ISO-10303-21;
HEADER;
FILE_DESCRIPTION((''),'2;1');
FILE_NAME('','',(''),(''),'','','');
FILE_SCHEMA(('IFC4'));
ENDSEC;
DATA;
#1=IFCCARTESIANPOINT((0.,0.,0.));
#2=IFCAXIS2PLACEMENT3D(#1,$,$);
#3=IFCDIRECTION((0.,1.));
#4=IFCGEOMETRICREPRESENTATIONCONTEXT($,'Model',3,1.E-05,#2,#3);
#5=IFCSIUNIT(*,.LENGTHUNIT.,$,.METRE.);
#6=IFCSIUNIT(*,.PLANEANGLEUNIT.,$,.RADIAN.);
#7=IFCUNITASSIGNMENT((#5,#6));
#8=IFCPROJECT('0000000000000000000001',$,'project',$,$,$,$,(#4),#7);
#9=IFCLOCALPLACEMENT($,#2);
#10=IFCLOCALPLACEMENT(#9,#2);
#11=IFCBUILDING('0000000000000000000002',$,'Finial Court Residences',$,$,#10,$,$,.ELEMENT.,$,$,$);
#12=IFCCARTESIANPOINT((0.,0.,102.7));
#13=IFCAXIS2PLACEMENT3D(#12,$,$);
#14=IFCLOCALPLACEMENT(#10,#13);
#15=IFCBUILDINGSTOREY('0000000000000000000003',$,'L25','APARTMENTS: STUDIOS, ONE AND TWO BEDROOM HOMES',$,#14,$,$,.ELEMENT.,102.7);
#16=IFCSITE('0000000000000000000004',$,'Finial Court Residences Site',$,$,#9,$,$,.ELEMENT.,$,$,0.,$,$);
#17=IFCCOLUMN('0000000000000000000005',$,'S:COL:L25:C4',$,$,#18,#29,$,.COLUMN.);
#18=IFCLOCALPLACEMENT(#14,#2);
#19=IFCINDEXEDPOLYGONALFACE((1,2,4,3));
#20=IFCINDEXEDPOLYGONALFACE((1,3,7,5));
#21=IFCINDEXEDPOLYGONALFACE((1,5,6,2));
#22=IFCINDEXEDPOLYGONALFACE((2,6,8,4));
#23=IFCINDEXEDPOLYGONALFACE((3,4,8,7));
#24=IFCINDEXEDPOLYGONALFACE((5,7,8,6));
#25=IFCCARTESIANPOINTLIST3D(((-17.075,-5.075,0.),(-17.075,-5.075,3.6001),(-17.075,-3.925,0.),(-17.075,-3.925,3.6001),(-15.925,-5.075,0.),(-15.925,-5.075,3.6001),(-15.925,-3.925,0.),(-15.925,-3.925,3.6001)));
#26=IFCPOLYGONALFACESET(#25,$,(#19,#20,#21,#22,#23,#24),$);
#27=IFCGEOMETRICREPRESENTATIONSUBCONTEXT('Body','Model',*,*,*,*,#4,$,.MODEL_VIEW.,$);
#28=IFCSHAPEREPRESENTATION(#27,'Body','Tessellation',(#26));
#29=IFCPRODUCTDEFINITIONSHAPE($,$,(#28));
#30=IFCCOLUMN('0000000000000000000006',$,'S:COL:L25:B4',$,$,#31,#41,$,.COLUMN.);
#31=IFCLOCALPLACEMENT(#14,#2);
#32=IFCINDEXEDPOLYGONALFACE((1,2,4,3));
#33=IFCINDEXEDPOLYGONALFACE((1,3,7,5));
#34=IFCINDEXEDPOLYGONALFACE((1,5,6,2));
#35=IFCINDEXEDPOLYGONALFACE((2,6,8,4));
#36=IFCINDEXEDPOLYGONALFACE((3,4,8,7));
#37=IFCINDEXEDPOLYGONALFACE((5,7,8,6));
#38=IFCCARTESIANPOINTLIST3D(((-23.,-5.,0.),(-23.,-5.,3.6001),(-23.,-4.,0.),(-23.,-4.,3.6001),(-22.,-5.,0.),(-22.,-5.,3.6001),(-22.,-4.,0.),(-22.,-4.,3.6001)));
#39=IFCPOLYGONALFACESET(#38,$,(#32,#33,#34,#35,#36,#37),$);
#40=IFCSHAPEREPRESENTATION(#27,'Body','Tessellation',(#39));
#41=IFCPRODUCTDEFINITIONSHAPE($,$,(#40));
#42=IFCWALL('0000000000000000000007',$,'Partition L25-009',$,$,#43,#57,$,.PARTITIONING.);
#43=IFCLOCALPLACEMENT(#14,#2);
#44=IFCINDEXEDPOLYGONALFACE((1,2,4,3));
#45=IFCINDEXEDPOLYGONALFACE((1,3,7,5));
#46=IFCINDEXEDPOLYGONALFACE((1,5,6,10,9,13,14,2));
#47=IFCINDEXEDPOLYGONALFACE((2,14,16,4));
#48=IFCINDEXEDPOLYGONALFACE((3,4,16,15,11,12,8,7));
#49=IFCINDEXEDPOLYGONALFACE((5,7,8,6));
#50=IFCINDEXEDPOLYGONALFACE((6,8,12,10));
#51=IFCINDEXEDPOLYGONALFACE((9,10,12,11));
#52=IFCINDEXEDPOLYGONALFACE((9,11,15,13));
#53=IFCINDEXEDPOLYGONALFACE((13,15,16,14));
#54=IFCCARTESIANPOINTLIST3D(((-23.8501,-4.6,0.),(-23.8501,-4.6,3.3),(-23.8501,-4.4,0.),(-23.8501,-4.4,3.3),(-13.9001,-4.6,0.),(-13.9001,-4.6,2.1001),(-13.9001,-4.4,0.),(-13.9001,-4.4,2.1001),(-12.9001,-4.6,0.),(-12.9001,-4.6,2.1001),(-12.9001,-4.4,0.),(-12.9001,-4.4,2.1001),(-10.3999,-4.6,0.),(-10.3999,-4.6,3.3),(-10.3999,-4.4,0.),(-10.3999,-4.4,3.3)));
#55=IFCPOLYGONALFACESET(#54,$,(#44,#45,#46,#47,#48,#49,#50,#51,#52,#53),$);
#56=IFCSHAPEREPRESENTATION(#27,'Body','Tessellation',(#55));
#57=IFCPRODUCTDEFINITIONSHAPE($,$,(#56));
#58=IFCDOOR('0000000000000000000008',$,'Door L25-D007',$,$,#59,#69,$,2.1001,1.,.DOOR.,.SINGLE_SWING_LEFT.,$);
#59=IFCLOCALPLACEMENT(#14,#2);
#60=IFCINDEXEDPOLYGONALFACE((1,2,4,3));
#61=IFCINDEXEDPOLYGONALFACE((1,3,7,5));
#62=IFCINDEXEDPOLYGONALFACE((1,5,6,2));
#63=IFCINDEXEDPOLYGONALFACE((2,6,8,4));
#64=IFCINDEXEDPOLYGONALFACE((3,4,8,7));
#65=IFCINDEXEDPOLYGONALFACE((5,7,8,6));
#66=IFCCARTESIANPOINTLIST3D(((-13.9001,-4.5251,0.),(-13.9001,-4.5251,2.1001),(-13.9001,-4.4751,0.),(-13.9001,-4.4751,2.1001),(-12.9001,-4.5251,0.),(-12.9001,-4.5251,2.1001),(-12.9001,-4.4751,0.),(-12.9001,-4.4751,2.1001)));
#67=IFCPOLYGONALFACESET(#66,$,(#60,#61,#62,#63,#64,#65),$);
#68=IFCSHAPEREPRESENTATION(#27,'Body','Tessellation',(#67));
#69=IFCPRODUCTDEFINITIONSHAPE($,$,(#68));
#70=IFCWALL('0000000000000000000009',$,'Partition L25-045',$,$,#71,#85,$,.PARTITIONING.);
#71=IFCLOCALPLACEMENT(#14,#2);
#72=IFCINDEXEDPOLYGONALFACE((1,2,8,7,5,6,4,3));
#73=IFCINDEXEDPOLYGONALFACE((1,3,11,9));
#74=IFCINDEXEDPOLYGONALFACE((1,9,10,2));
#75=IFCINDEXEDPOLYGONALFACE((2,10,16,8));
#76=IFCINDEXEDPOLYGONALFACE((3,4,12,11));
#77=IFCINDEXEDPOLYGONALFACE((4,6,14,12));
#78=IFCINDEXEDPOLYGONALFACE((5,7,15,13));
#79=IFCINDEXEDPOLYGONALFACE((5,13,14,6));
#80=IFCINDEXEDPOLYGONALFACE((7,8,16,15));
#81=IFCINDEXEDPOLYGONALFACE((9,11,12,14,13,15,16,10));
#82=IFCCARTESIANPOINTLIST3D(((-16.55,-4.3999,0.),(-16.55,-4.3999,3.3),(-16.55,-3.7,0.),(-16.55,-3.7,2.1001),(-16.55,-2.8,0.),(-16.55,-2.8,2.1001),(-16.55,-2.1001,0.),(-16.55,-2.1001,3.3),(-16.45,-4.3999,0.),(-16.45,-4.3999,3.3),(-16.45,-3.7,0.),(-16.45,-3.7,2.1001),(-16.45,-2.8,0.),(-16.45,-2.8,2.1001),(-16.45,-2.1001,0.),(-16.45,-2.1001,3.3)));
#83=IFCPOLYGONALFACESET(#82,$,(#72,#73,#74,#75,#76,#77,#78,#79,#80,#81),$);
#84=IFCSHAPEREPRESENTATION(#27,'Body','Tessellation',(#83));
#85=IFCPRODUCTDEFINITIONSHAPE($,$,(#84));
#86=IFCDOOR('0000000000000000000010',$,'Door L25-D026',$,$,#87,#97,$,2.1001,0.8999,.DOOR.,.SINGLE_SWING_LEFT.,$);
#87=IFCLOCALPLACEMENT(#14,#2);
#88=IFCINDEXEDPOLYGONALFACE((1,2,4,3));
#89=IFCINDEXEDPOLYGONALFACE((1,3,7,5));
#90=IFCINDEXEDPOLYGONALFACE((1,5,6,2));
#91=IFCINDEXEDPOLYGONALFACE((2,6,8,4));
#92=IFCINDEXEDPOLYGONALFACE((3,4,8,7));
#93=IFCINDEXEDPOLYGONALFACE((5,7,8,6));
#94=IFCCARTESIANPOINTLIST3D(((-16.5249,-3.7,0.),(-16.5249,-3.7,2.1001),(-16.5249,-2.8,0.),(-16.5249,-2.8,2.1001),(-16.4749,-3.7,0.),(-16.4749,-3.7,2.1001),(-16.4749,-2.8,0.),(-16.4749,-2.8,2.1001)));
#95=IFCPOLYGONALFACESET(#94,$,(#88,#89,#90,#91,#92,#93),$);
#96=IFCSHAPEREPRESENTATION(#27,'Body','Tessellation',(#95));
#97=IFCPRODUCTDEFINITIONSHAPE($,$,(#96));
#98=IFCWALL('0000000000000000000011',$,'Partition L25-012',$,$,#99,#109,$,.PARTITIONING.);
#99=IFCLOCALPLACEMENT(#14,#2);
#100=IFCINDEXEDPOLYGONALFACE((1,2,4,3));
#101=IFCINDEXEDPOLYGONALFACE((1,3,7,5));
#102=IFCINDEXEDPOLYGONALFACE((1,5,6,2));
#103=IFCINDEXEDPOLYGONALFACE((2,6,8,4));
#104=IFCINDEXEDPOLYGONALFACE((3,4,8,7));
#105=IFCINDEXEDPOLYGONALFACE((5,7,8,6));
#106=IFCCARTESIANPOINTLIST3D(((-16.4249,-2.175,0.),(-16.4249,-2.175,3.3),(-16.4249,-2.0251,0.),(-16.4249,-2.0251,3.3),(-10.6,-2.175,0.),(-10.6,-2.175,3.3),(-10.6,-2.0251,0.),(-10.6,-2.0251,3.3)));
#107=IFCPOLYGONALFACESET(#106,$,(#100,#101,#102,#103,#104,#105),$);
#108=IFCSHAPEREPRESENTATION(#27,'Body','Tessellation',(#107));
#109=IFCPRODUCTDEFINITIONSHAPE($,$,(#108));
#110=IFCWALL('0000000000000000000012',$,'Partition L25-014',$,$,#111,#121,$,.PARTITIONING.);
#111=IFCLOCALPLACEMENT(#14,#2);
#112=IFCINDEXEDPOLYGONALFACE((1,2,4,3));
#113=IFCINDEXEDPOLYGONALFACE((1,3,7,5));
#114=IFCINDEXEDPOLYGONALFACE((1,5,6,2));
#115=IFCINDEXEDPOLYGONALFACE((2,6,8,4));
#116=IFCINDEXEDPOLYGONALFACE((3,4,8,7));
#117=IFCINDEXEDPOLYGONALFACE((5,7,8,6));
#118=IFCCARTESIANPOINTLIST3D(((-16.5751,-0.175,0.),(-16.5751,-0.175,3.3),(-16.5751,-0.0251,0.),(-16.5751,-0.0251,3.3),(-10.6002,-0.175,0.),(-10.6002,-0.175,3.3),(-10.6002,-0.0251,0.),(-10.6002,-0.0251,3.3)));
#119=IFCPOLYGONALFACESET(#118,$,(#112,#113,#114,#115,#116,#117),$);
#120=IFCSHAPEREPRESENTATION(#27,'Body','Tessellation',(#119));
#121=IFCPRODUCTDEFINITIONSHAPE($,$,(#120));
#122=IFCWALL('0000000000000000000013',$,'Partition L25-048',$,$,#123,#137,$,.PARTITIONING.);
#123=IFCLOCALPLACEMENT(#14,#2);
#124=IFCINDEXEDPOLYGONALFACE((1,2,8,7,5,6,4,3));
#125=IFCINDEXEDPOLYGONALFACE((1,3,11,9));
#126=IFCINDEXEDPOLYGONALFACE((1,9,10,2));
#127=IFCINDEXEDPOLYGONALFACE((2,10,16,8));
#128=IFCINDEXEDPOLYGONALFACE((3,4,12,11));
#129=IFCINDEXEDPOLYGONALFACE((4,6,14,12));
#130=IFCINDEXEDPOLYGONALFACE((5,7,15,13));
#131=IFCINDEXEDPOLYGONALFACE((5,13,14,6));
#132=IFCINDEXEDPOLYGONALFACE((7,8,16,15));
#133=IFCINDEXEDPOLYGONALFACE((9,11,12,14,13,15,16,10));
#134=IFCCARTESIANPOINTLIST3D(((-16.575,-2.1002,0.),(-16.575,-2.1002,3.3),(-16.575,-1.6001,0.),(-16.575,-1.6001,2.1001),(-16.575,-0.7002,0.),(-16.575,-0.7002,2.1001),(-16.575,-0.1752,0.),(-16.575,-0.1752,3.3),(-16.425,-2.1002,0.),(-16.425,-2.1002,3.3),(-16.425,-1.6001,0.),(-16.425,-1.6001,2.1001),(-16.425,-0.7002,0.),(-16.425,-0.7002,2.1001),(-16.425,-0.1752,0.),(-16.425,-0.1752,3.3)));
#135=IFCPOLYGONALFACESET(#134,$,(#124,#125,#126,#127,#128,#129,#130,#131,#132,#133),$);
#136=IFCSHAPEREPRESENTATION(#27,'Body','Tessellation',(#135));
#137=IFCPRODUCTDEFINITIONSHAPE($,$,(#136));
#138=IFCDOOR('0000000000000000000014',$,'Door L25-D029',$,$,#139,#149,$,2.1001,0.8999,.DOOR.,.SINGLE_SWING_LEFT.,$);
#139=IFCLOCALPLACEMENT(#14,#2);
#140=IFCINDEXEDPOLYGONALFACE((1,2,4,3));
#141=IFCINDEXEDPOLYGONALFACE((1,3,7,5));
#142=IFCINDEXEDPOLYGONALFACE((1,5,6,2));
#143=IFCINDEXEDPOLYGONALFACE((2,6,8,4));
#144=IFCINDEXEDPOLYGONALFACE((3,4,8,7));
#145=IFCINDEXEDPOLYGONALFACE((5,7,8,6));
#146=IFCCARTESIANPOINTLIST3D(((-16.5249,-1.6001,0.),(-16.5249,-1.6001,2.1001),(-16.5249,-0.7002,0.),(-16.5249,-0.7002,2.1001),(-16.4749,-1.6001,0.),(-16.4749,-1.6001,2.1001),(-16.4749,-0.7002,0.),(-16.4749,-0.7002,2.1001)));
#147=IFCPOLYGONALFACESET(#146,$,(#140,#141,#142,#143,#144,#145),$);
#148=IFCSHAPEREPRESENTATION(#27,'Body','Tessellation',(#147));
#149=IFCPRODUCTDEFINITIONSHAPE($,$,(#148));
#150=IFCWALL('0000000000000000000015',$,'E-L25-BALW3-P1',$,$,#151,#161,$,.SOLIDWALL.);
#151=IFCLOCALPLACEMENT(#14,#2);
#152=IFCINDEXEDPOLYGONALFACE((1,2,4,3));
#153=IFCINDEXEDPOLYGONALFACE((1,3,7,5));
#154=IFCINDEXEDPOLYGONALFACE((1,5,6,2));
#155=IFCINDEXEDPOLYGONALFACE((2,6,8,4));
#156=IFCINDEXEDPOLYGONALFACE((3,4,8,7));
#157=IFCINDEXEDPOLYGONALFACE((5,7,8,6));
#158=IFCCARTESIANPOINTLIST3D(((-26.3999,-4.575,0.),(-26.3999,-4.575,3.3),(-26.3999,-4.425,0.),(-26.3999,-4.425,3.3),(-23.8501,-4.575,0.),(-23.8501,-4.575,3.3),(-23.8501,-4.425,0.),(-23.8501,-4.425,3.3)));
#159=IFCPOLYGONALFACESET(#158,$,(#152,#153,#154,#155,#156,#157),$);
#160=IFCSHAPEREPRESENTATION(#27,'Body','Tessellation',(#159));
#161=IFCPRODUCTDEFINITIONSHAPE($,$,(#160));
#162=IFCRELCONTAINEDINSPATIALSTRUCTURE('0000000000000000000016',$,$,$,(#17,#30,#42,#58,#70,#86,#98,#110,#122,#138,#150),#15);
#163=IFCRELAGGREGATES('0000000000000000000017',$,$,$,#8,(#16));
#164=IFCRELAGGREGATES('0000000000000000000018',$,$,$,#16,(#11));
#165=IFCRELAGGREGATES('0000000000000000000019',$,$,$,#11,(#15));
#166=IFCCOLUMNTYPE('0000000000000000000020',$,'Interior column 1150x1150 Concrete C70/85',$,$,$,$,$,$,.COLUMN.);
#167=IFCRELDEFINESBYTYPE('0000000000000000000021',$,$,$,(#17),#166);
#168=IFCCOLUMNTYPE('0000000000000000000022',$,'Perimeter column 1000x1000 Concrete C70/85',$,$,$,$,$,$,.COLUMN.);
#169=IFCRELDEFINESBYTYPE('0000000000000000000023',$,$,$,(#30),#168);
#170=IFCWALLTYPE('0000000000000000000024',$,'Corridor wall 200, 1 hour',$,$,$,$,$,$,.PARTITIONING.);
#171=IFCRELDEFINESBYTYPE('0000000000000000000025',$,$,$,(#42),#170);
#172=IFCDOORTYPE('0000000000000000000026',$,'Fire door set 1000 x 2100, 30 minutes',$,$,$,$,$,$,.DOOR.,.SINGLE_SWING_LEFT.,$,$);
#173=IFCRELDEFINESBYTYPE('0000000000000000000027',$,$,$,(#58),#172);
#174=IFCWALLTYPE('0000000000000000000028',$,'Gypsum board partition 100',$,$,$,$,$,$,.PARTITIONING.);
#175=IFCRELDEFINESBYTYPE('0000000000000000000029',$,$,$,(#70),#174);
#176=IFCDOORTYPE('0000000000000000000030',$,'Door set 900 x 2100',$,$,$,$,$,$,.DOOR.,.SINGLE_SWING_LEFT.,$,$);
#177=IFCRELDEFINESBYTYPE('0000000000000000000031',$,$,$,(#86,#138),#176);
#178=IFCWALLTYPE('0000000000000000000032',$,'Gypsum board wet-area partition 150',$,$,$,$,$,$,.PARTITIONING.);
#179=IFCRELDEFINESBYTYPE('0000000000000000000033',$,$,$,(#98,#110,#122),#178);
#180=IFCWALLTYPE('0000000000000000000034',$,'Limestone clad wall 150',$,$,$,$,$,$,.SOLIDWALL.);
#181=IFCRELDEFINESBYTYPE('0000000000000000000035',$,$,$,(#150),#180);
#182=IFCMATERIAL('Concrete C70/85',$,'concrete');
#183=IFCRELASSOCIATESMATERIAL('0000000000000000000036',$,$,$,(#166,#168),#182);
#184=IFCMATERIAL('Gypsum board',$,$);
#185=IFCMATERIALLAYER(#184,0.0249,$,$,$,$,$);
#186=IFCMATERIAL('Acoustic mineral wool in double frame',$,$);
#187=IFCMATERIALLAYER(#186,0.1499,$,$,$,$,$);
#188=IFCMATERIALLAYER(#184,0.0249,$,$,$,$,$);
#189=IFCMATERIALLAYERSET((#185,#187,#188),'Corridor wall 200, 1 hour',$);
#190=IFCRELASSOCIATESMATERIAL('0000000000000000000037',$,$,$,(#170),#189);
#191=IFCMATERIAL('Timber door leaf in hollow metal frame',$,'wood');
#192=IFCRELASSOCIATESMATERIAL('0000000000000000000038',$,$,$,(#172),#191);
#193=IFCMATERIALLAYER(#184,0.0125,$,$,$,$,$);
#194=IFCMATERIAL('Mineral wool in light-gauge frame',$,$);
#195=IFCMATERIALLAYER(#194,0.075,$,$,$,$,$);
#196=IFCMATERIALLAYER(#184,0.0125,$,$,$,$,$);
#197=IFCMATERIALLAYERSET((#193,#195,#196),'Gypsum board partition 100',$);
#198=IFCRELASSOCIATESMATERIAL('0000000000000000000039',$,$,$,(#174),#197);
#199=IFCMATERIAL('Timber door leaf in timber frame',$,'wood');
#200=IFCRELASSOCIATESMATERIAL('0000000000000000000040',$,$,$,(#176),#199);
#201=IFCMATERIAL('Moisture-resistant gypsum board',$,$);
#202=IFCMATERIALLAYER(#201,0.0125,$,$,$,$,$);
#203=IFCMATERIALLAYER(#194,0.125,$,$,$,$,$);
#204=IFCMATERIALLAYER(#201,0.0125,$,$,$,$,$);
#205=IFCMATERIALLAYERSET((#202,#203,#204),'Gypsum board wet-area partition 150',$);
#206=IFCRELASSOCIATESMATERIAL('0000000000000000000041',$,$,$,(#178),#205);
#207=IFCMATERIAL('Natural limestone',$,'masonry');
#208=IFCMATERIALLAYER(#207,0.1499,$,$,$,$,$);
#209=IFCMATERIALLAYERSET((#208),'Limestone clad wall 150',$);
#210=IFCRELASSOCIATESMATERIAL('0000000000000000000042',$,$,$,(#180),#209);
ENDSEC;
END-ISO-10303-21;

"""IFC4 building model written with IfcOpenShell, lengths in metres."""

from ifc_helpers import new_model, si_unit, direction, frame, frame_2d, origin, origin_2d, place, context, subcontext, project, spatial, rectangle, extrude, material, layer, layer_set, material_profile, profile_set, type_object, element, fill, save


model = new_model("IFC4")

# Units and contexts
model_context = context("Model", 3, precision=1e-05, world=origin(), true_north=direction((0.0, 1.0)))
body_context = subcontext(model_context, "Body", "Model", "MODEL_VIEW")
ifc_project = project(units=[si_unit("LENGTHUNIT", "METRE"), si_unit("PLANEANGLEUNIT", "RADIAN")], contexts=[model_context])

# Site, building, storey
site_placement = place(None, origin())
site = spatial("IfcSite", under=ifc_project, at=site_placement, Name="Finial Court Residences Site", CompositionType="ELEMENT", RefElevation=0.0)
building_placement = place(site_placement, origin())
building = spatial("IfcBuilding", under=site, at=building_placement, Name="Finial Court Residences", CompositionType="ELEMENT")
storey_placement = place(building_placement, frame((0.0, 0.0, 102.7)))
storey = spatial("IfcBuildingStorey", under=building, at=storey_placement, Name="L25", Description="APARTMENTS: STUDIOS, ONE AND TWO BEDROOM HOMES", CompositionType="ELEMENT", Elevation=102.7)

# Columns
ifc_material_1 = material(Name="Concrete C70/85", Category="concrete")
ifc_material_profile_1 = material_profile(ifc_material_1, rectangle(XDim=1.1499, YDim=1.1499, at=origin_2d()), Name="1150x1150")
ifc_profile_set_1 = profile_set([ifc_material_profile_1], Name="Concrete C70/85")
column_type_1 = type_object("IfcColumnType", Name="Interior column 1150x1150 Concrete C70/85", PredefinedType="COLUMN", material=ifc_profile_set_1)
column_1_placement = place(storey_placement, frame((-16.5, -4.5, 0.0), z_axis=(0.0, 0.0, 1.0), x_axis=(1.0, 0.0, 0.0)))
element("IfcColumn", 1, at=column_1_placement, inside=storey, type_object=column_type_1, Name="S:COL:L25:C4", PredefinedType="COLUMN", context=body_context, shape_type="SweptSolid", body=[
    extrude(rectangle(XDim=1.1499, YDim=1.1499, at=origin_2d()), origin(), (0.0, 0.0, 1.0), 3.6001),
])
ifc_material_profile_2 = material_profile(ifc_material_1, rectangle(XDim=1.0, YDim=1.0, at=origin_2d()), Name="1000x1000")
ifc_profile_set_2 = profile_set([ifc_material_profile_2], Name="Concrete C70/85")
column_type_2 = type_object("IfcColumnType", Name="Perimeter column 1000x1000 Concrete C70/85", PredefinedType="COLUMN", material=ifc_profile_set_2)
column_2_placement = place(storey_placement, frame((-22.5, -4.5, 0.0), z_axis=(0.0, 0.0, 1.0), x_axis=(1.0, 0.0, 0.0)))
element("IfcColumn", 2, at=column_2_placement, inside=storey, type_object=column_type_2, Name="S:COL:L25:B4", PredefinedType="COLUMN", context=body_context, shape_type="SweptSolid", body=[
    extrude(rectangle(XDim=1.0, YDim=1.0, at=origin_2d()), origin(), (0.0, 0.0, 1.0), 3.6001),
])

# Walls, openings, doors
ifc_material_2 = material(Name="Gypsum board")
ifc_layer_1 = layer(ifc_material_2, 0.0249)
ifc_material_3 = material(Name="Acoustic mineral wool in double frame")
ifc_layer_2 = layer(ifc_material_3, 0.1499)
ifc_layer_3 = layer(ifc_material_2, 0.0249)
ifc_layer_set_1 = layer_set([ifc_layer_1, ifc_layer_2, ifc_layer_3], Name="Corridor wall 200, 1 hour")
wall_type_1 = type_object("IfcWallType", Name="Corridor wall 200, 1 hour", PredefinedType="PARTITIONING", material=ifc_layer_set_1)
wall_1_placement = place(storey_placement, frame((-23.8501, -4.5, 0.0), z_axis=(0.0, 0.0, 1.0), x_axis=(1.0, 0.0, 0.0)))
wall_1 = element("IfcWall", 3, at=wall_1_placement, inside=storey, type_object=wall_type_1, Name="Partition L25-009", PredefinedType="PARTITIONING", context=body_context, shape_type="SweptSolid", body=[
    extrude(rectangle(XDim=13.4502, YDim=0.2, at=frame_2d((6.7251, 0.0))), origin(), (0.0, 0.0, 1.0), 3.3),
])
opening_1_placement = place(wall_1_placement, frame((9.95, 0.0, 0.0)))
opening_1 = element("IfcOpeningElement", 4, at=opening_1_placement, cuts=wall_1, PredefinedType="OPENING", context=body_context, shape_type="SweptSolid", body=[
    extrude(rectangle(XDim=1.0, YDim=2.1001, at=frame_2d((0.5, 1.05))), frame((0.0, 0.1099, 0.0), z_axis=(0.0, -1.0, 0.0), x_axis=(1.0, 0.0, 0.0)), (0.0, 0.0, 1.0), 0.22),
])
ifc_material_4 = material(Name="Timber door leaf in hollow metal frame", Category="wood")
door_type_1 = type_object("IfcDoorType", Name="Fire door set 1000 x 2100, 30 minutes", OperationType="SINGLE_SWING_LEFT", PredefinedType="DOOR", material=ifc_material_4)
door_1_placement = place(opening_1_placement, origin())
door_1 = element("IfcDoor", 5, at=door_1_placement, inside=storey, type_object=door_type_1, Name="Door L25-D007", OperationType="SINGLE_SWING_LEFT", OverallHeight=2.1001, OverallWidth=1.0, PredefinedType="DOOR", context=body_context, shape_type="SweptSolid", body=[
    extrude(rectangle(XDim=1.0, YDim=2.1001, at=frame_2d((0.5, 1.05))), frame((0.0, 0.0249, 0.0), z_axis=(0.0, -1.0, 0.0), x_axis=(1.0, 0.0, 0.0)), (0.0, 0.0, 1.0), 0.05),
])
fill(opening_1, door_1)
ifc_layer_4 = layer(ifc_material_2, 0.0125)
ifc_material_5 = material(Name="Mineral wool in light-gauge frame")
ifc_layer_5 = layer(ifc_material_5, 0.075)
ifc_layer_6 = layer(ifc_material_2, 0.0125)
ifc_layer_set_2 = layer_set([ifc_layer_4, ifc_layer_5, ifc_layer_6], Name="Gypsum board partition 100")
wall_type_2 = type_object("IfcWallType", Name="Gypsum board partition 100", PredefinedType="PARTITIONING", material=ifc_layer_set_2)
wall_2_placement = place(storey_placement, frame((-16.5, -4.3999, 0.0), z_axis=(0.0, 0.0, 1.0), x_axis=(0.0, 1.0, 0.0)))
wall_2 = element("IfcWall", 6, at=wall_2_placement, inside=storey, type_object=wall_type_2, Name="Partition L25-045", PredefinedType="PARTITIONING", context=body_context, shape_type="SweptSolid", body=[
    extrude(rectangle(XDim=2.2998, YDim=0.1001, at=frame_2d((1.1499, 0.0))), origin(), (0.0, 0.0, 1.0), 3.3),
])
opening_2_placement = place(wall_2_placement, frame((0.7, 0.0, 0.0)))
opening_2 = element("IfcOpeningElement", 7, at=opening_2_placement, cuts=wall_2, PredefinedType="OPENING", context=body_context, shape_type="SweptSolid", body=[
    extrude(rectangle(XDim=0.8999, YDim=2.1001, at=frame_2d((0.45, 1.05))), frame((0.0, 0.0601, 0.0), z_axis=(0.0, -1.0, 0.0), x_axis=(1.0, 0.0, 0.0)), (0.0, 0.0, 1.0), 0.1201),
])
ifc_material_6 = material(Name="Timber door leaf in timber frame", Category="wood")
door_type_2 = type_object("IfcDoorType", Name="Door set 900 x 2100", OperationType="SINGLE_SWING_LEFT", PredefinedType="DOOR", material=ifc_material_6)
door_2_placement = place(opening_2_placement, origin())
door_2 = element("IfcDoor", 8, at=door_2_placement, inside=storey, type_object=door_type_2, Name="Door L25-D026", OperationType="SINGLE_SWING_LEFT", OverallHeight=2.1001, OverallWidth=0.8999, PredefinedType="DOOR", context=body_context, shape_type="SweptSolid", body=[
    extrude(rectangle(XDim=0.8999, YDim=2.1001, at=frame_2d((0.45, 1.05))), frame((0.0, 0.0249, 0.0), z_axis=(0.0, -1.0, 0.0), x_axis=(1.0, 0.0, 0.0)), (0.0, 0.0, 1.0), 0.05),
])
fill(opening_2, door_2)

# Walls
ifc_material_7 = material(Name="Moisture-resistant gypsum board")
ifc_layer_7 = layer(ifc_material_7, 0.0125)
ifc_layer_8 = layer(ifc_material_5, 0.125)
ifc_layer_9 = layer(ifc_material_7, 0.0125)
ifc_layer_set_3 = layer_set([ifc_layer_7, ifc_layer_8, ifc_layer_9], Name="Gypsum board wet-area partition 150")
wall_type_3 = type_object("IfcWallType", Name="Gypsum board wet-area partition 150", PredefinedType="PARTITIONING", material=ifc_layer_set_3)
wall_3_placement = place(storey_placement, frame((-16.425, -2.1001, 0.0), z_axis=(0.0, 0.0, 1.0), x_axis=(1.0, 0.0, 0.0)))
element("IfcWall", 9, at=wall_3_placement, inside=storey, type_object=wall_type_3, Name="Partition L25-012", PredefinedType="PARTITIONING", context=body_context, shape_type="SweptSolid", body=[
    extrude(rectangle(XDim=5.825, YDim=0.1499, at=frame_2d((2.9126, 0.0))), origin(), (0.0, 0.0, 1.0), 3.3),
])
wall_4_placement = place(storey_placement, frame((-16.575, -0.1001, 0.0), z_axis=(0.0, 0.0, 1.0), x_axis=(1.0, 0.0, 0.0)))
element("IfcWall", 10, at=wall_4_placement, inside=storey, type_object=wall_type_3, Name="Partition L25-014", PredefinedType="PARTITIONING", context=body_context, shape_type="SweptSolid", body=[
    extrude(rectangle(XDim=5.9749, YDim=0.1499, at=frame_2d((2.9873, 0.0))), origin(), (0.0, 0.0, 1.0), 3.3),
])

# Wall, opening, door
wall_5_placement = place(storey_placement, frame((-16.5, -2.1001, 0.0), z_axis=(0.0, 0.0, 1.0), x_axis=(0.0, 1.0, 0.0)))
wall_5 = element("IfcWall", 11, at=wall_5_placement, inside=storey, type_object=wall_type_3, Name="Partition L25-048", PredefinedType="PARTITIONING", context=body_context, shape_type="SweptSolid", body=[
    extrude(rectangle(XDim=1.925, YDim=0.1499, at=frame_2d((0.9624, 0.0))), origin(), (0.0, 0.0, 1.0), 3.3),
])
opening_3_placement = place(wall_5_placement, frame((0.5, 0.0, 0.0)))
opening_3 = element("IfcOpeningElement", 12, at=opening_3_placement, cuts=wall_5, PredefinedType="OPENING", context=body_context, shape_type="SweptSolid", body=[
    extrude(rectangle(XDim=0.8999, YDim=2.1001, at=frame_2d((0.45, 1.05))), frame((0.0, 0.085, 0.0), z_axis=(0.0, -1.0, 0.0), x_axis=(1.0, 0.0, 0.0)), (0.0, 0.0, 1.0), 0.1699),
])
door_3_placement = place(opening_3_placement, origin())
door_3 = element("IfcDoor", 13, at=door_3_placement, inside=storey, type_object=door_type_2, Name="Door L25-D029", OperationType="SINGLE_SWING_LEFT", OverallHeight=2.1001, OverallWidth=0.8999, PredefinedType="DOOR", context=body_context, shape_type="SweptSolid", body=[
    extrude(rectangle(XDim=0.8999, YDim=2.1001, at=frame_2d((0.45, 1.05))), frame((0.0, 0.0249, 0.0), z_axis=(0.0, -1.0, 0.0), x_axis=(1.0, 0.0, 0.0)), (0.0, 0.0, 1.0), 0.05),
])
fill(opening_3, door_3)

# Wall
ifc_material_8 = material(Name="Natural limestone", Category="masonry")
ifc_layer_10 = layer(ifc_material_8, 0.1499)
ifc_layer_set_4 = layer_set([ifc_layer_10], Name="Limestone clad wall 150")
wall_type_4 = type_object("IfcWallType", Name="Limestone clad wall 150", PredefinedType="SOLIDWALL", material=ifc_layer_set_4)
wall_6_placement = place(storey_placement, frame((-23.8501, -4.5, 0.0), z_axis=(0.0, 0.0, 1.0), x_axis=(-1.0, 0.0, 0.0)))
element("IfcWall", 14, at=wall_6_placement, inside=storey, type_object=wall_type_4, Name="E-L25-BALW3-P1", PredefinedType="SOLIDWALL", context=body_context, shape_type="SweptSolid", body=[
    extrude(rectangle(XDim=2.5498, YDim=0.1499, at=frame_2d((1.2749, 0.0))), origin(), (0.0, 0.0, 1.0), 3.3),
])

save(model, "model.ifc")
